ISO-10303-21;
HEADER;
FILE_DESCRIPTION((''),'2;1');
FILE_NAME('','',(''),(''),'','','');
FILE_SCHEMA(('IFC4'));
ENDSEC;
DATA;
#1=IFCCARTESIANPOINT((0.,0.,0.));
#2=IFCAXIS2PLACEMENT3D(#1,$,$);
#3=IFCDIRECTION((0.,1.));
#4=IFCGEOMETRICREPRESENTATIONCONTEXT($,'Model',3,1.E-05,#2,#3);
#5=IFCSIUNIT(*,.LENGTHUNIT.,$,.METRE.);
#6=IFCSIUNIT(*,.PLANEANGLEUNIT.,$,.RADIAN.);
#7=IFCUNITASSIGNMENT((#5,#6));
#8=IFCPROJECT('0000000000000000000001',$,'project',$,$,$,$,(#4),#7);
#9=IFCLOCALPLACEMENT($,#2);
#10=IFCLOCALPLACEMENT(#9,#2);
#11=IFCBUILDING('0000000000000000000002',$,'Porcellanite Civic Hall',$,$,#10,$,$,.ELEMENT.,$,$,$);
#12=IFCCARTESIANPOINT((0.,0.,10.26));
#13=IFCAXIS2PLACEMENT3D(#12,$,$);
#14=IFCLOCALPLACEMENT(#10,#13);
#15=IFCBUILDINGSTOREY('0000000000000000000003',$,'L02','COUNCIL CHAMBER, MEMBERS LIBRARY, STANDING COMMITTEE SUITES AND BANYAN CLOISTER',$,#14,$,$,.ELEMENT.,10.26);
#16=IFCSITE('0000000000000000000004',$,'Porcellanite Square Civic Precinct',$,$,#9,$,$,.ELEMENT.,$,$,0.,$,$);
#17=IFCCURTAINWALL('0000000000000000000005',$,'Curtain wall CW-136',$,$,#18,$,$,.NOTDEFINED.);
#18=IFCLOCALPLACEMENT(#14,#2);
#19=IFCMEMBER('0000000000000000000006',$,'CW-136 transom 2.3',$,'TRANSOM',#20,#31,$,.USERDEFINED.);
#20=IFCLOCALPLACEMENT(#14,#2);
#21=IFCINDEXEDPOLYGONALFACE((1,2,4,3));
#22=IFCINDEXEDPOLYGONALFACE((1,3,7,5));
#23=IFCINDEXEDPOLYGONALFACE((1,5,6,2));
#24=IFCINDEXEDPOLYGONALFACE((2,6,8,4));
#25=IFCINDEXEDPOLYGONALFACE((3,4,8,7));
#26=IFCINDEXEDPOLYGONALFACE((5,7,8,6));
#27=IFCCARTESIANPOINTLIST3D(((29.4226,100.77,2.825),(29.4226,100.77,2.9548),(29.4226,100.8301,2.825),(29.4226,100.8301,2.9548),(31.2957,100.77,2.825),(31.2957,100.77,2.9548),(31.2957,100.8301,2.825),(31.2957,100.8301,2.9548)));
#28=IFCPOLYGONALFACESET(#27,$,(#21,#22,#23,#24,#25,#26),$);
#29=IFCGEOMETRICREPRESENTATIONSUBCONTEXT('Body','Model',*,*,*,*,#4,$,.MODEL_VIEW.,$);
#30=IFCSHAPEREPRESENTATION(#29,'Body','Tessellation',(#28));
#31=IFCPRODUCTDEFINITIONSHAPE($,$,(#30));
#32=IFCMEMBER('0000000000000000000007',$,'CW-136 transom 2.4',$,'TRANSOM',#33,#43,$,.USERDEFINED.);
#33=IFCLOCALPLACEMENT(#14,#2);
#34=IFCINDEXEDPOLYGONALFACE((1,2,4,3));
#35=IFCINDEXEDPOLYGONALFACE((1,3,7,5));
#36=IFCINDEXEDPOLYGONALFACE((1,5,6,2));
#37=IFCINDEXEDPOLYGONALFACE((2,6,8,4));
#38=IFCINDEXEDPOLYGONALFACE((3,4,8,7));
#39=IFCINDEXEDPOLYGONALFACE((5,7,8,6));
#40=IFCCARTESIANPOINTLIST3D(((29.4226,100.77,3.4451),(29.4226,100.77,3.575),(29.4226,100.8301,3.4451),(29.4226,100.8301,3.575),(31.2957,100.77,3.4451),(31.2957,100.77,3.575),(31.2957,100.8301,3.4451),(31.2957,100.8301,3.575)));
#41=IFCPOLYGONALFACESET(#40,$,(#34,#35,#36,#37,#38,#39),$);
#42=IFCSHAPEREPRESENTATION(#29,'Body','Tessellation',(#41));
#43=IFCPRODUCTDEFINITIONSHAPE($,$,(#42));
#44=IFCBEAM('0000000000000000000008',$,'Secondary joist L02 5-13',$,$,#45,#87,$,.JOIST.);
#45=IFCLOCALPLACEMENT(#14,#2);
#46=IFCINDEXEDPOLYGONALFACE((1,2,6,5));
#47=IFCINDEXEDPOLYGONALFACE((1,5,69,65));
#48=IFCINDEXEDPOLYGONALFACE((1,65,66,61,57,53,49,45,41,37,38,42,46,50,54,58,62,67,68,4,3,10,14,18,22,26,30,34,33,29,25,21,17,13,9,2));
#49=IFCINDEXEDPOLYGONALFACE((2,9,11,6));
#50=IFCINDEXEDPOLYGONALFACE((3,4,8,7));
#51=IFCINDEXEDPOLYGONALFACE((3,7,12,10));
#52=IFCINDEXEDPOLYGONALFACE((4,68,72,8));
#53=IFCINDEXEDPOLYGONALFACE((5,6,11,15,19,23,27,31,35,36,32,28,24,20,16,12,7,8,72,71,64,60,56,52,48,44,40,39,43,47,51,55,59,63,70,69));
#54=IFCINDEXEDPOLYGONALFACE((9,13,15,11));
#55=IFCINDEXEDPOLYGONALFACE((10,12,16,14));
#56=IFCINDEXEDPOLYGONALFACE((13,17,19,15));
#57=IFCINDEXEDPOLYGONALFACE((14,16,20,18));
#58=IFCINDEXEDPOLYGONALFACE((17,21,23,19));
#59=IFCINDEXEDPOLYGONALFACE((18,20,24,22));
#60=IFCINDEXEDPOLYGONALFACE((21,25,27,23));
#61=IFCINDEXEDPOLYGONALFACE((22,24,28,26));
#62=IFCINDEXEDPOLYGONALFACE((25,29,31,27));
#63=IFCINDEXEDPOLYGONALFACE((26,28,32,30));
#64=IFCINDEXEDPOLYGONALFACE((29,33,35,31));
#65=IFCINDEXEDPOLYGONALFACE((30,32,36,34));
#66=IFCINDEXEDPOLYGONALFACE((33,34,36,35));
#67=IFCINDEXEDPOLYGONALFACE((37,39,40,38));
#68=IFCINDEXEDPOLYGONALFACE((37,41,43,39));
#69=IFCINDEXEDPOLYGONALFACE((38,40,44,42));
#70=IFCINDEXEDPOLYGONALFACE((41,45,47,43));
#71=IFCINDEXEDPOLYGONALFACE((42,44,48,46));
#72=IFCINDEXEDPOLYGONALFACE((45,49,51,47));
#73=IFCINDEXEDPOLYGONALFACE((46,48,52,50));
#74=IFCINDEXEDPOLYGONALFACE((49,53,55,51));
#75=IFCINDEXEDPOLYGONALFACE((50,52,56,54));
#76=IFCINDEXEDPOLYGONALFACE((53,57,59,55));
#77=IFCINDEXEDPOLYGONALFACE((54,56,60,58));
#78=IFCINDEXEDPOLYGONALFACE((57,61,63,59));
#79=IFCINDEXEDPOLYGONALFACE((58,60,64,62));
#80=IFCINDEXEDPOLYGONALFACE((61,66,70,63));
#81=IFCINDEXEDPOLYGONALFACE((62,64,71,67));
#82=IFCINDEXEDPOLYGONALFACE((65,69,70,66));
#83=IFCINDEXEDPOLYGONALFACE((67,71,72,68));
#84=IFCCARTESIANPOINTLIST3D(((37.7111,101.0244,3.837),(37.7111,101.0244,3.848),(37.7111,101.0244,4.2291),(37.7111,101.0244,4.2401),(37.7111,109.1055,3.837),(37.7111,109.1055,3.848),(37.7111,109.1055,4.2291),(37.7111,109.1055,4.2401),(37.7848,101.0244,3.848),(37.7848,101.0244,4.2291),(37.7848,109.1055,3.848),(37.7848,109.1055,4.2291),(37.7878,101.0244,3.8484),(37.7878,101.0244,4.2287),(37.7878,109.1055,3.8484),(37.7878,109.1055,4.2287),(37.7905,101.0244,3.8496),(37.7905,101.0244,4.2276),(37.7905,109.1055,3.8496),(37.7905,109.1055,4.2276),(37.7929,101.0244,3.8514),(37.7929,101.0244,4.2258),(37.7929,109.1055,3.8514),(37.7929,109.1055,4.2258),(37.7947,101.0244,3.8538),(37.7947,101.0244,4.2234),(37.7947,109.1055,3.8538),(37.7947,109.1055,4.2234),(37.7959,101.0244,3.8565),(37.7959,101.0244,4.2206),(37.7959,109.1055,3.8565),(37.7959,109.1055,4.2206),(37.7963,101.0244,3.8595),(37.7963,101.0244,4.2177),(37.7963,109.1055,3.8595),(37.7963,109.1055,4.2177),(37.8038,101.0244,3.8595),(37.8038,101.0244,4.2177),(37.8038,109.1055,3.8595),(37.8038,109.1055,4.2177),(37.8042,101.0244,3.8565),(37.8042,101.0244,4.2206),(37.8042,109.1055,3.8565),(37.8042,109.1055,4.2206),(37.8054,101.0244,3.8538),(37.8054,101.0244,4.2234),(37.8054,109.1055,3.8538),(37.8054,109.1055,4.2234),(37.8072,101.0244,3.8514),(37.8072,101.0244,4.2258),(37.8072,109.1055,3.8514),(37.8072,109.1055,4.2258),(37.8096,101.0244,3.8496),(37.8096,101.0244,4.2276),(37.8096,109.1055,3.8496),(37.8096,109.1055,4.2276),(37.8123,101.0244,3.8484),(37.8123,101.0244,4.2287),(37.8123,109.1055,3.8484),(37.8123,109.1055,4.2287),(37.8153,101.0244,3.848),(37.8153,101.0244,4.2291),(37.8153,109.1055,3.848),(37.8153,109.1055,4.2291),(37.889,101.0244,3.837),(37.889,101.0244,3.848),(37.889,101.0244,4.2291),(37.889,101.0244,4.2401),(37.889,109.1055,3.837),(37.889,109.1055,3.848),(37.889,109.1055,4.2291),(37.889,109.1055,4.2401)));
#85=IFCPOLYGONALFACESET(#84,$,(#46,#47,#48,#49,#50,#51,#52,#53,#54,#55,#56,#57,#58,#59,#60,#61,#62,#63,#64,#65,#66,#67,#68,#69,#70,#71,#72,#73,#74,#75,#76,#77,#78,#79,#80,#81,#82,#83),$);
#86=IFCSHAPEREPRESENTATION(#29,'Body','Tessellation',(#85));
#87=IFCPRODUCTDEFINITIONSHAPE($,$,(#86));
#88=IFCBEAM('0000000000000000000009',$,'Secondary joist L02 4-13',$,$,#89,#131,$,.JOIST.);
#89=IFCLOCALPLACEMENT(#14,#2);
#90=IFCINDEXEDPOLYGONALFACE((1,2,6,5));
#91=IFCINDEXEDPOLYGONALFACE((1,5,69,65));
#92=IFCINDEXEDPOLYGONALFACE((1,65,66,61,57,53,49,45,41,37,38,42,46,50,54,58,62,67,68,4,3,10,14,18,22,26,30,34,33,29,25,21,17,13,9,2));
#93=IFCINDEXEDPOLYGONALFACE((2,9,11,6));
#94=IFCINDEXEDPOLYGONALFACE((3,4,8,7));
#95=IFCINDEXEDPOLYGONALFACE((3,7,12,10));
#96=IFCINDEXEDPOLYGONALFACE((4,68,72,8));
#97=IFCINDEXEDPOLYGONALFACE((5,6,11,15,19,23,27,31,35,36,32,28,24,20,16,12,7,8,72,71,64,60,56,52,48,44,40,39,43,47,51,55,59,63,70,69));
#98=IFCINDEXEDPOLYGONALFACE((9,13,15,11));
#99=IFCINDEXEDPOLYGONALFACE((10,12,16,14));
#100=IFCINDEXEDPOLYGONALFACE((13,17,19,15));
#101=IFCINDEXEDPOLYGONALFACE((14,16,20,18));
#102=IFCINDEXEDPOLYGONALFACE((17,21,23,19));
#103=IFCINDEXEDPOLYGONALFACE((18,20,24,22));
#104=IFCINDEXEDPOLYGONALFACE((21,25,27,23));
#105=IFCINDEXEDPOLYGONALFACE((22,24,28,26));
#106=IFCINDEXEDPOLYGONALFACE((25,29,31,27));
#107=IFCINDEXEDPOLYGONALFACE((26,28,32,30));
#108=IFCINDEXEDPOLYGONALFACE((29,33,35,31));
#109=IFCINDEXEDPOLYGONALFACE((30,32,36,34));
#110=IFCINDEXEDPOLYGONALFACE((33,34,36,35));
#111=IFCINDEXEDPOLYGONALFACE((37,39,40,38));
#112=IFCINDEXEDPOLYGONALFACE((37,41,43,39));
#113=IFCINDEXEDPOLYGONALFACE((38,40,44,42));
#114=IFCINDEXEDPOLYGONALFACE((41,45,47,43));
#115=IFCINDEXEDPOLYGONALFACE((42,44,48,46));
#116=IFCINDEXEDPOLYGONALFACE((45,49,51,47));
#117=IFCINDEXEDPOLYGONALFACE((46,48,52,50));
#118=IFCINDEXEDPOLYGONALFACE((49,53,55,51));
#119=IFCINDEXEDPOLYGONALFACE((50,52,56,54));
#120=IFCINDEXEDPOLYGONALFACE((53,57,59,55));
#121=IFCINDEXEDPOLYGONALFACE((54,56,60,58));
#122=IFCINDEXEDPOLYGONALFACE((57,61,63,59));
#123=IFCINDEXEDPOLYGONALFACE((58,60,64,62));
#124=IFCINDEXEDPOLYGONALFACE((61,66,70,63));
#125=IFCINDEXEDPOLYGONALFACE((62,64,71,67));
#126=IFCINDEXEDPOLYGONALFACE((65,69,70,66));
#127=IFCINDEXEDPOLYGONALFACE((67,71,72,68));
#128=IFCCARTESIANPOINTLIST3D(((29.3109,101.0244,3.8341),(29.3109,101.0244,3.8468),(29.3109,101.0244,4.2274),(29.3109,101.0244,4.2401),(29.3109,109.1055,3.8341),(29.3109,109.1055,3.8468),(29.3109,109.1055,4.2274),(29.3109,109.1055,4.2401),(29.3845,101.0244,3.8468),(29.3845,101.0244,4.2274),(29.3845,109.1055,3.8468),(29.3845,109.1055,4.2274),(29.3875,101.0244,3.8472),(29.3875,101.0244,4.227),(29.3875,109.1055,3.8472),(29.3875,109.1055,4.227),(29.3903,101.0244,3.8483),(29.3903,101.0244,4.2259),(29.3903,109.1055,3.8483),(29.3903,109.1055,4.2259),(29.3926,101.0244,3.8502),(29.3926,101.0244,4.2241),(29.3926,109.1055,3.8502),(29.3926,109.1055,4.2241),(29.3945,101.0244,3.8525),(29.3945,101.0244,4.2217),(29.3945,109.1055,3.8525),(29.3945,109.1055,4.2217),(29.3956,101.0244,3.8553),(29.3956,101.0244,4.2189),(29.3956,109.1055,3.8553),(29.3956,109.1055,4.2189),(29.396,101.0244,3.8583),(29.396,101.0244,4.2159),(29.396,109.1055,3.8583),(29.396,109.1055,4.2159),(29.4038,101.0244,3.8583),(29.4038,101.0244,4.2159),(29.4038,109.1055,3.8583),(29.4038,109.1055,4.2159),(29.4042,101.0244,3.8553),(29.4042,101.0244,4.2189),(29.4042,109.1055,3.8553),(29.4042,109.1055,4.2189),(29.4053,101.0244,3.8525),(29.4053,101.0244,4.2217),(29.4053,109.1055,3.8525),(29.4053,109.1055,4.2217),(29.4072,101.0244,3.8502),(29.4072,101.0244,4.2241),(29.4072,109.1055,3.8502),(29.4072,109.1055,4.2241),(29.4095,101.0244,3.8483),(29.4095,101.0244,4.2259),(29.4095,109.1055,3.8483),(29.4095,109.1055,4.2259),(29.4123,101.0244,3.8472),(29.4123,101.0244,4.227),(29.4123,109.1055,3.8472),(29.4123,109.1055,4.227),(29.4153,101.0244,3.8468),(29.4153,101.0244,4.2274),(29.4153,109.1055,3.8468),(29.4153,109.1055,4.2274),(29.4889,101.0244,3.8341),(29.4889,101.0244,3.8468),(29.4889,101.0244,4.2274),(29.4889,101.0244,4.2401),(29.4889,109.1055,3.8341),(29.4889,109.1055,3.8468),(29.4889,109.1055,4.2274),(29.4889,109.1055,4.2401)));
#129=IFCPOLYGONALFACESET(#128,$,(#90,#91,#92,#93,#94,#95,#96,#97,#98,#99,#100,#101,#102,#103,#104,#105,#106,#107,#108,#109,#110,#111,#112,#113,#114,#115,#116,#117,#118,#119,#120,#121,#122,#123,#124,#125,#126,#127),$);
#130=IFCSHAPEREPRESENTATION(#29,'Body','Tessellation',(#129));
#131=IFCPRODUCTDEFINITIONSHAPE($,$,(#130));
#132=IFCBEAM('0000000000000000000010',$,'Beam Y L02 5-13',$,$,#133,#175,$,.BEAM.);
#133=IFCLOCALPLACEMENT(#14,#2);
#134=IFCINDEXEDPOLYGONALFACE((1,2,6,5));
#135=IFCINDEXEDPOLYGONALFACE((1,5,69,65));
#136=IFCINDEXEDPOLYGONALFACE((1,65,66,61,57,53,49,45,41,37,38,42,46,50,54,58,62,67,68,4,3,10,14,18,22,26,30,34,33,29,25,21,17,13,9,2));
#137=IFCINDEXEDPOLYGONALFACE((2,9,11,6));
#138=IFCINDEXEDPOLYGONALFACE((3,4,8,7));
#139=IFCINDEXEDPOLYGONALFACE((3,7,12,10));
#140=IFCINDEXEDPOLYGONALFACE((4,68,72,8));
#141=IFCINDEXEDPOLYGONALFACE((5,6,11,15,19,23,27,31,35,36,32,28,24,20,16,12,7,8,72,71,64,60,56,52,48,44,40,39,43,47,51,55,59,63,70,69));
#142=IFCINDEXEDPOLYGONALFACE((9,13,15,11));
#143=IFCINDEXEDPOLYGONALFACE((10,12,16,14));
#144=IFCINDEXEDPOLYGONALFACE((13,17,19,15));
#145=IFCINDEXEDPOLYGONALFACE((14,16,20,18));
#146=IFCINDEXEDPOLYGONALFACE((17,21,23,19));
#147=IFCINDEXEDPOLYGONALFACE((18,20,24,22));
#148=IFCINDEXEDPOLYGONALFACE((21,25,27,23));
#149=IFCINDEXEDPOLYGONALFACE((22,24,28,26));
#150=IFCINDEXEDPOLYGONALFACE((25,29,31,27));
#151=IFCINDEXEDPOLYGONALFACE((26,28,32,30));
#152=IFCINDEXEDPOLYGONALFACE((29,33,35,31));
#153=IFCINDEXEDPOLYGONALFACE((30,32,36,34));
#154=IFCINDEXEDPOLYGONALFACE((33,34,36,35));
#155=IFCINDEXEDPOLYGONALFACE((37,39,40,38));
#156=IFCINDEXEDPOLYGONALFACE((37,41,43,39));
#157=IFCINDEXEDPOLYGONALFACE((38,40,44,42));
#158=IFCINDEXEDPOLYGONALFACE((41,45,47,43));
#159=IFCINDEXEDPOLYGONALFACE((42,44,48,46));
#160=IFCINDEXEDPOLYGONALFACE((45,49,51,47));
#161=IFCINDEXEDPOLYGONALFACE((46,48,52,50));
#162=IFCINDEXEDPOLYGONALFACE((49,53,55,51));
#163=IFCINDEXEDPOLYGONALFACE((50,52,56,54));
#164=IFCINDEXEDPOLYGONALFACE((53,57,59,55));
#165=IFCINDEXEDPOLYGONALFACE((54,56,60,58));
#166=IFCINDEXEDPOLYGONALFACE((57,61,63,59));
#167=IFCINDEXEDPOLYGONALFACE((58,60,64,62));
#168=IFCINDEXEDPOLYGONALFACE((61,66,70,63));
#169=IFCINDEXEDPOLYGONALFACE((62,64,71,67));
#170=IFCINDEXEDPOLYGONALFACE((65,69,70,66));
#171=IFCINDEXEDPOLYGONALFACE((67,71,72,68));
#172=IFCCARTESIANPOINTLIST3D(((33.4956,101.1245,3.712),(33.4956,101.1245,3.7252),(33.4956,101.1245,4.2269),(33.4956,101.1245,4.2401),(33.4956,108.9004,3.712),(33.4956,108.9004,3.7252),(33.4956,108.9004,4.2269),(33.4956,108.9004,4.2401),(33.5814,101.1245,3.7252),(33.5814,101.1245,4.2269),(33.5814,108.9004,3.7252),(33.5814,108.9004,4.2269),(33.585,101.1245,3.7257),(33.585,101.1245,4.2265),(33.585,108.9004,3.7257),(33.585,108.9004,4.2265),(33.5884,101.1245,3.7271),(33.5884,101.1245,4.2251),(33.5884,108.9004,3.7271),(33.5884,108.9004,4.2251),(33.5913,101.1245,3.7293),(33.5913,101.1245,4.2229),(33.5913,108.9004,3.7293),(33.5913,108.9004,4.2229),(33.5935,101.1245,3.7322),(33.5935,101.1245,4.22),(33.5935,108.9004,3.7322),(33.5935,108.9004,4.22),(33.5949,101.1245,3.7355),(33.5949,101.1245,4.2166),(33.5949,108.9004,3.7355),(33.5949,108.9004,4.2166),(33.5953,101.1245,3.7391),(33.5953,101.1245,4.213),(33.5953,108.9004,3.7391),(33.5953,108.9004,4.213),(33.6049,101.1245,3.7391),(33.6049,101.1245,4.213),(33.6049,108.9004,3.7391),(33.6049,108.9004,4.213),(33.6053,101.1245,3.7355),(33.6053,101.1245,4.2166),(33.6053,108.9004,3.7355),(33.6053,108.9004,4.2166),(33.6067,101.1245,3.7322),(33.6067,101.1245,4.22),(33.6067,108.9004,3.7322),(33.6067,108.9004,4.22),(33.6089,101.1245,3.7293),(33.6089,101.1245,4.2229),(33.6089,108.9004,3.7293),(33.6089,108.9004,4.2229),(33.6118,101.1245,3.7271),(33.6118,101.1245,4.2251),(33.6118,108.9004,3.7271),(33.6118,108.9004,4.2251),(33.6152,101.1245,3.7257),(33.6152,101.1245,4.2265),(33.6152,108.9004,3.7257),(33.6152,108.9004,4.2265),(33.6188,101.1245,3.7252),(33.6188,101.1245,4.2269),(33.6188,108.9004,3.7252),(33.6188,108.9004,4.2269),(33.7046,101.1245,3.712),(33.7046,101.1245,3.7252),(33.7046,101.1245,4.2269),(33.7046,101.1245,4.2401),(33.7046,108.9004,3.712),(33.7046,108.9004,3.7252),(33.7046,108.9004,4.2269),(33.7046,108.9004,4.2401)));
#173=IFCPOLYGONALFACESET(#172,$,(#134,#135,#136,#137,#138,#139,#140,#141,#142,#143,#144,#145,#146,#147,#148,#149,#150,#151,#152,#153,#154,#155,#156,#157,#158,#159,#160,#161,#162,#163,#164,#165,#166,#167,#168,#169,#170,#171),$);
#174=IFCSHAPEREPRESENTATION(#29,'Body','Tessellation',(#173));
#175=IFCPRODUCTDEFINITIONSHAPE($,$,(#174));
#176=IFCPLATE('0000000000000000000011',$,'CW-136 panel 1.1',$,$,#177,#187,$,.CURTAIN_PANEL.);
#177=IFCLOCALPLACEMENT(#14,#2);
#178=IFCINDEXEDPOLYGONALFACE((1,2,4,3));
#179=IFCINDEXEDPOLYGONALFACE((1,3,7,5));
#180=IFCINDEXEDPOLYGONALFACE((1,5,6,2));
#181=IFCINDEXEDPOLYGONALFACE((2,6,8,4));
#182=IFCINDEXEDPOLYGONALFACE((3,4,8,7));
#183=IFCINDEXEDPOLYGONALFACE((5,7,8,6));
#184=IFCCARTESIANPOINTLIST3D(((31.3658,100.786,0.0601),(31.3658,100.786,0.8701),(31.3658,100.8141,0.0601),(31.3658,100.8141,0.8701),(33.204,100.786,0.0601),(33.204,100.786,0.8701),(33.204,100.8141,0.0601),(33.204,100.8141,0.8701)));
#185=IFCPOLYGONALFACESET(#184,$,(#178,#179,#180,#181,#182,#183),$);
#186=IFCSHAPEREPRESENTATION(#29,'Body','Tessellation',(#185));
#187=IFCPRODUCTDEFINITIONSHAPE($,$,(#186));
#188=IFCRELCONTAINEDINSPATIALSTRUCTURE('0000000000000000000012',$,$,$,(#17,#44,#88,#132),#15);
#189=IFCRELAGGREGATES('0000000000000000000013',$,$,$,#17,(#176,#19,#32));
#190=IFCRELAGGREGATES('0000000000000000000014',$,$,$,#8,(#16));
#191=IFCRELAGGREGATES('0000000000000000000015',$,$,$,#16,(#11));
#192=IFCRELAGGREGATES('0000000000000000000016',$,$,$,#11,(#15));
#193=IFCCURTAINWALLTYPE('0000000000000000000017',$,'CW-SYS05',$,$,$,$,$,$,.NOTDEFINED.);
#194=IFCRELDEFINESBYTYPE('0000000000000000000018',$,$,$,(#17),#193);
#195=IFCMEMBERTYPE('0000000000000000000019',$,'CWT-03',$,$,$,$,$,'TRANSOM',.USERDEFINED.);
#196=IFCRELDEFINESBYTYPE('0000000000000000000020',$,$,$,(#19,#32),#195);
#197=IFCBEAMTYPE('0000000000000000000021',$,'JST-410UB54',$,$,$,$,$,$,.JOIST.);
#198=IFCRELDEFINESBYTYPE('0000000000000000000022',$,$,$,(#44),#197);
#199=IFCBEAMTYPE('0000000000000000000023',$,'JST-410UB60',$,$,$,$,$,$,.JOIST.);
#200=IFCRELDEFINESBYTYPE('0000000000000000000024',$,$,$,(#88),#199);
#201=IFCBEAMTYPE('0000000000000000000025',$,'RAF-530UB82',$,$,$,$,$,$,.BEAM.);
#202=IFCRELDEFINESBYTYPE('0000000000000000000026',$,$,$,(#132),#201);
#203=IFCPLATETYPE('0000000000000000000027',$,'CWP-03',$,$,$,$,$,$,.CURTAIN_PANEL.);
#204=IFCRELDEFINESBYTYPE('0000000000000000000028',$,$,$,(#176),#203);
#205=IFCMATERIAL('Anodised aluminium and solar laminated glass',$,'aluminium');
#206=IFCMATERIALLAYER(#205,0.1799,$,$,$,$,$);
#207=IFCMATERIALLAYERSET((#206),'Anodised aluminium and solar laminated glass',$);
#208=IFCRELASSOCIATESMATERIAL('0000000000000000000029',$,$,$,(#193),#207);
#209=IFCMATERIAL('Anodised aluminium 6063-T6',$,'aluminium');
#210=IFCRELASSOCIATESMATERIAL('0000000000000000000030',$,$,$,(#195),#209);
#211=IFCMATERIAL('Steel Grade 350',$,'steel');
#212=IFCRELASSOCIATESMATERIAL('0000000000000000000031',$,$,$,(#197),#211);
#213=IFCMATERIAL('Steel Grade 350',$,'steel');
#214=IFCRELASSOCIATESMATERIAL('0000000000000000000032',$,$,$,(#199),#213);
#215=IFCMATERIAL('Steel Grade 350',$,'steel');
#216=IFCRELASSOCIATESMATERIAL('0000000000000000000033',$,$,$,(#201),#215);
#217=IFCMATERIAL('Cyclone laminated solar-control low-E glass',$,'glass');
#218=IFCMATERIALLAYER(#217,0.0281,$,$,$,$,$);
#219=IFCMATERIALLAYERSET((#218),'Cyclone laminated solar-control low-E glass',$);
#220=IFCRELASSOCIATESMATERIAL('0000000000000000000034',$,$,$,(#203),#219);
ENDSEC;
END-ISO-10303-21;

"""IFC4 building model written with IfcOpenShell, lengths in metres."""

from ifc_helpers import new_model, si_unit, direction, frame, origin, origin_2d, place, context, subcontext, project, spatial, rectangle, i_section, extrude, material, layer, layer_set, material_profile, profile_set, type_object, element, aggregate, save


model = new_model("IFC4")

# Units and contexts
model_context = context("Model", 3, precision=1e-05, world=origin(), true_north=direction((0.0, 1.0)))
body_context = subcontext(model_context, "Body", "Model", "MODEL_VIEW")
ifc_project = project(units=[si_unit("LENGTHUNIT", "METRE"), si_unit("PLANEANGLEUNIT", "RADIAN")], contexts=[model_context])

# Site, building, storey
site_placement = place(None, origin())
site = spatial("IfcSite", under=ifc_project, at=site_placement, Name="Porcellanite Square Civic Precinct", CompositionType="ELEMENT", RefElevation=0.0)
building_placement = place(site_placement, origin())
building = spatial("IfcBuilding", under=site, at=building_placement, Name="Porcellanite Civic Hall", CompositionType="ELEMENT")
storey_placement = place(building_placement, frame((0.0, 0.0, 10.26)))
storey = spatial("IfcBuildingStorey", under=building, at=storey_placement, Name="L02", Description="COUNCIL CHAMBER, MEMBERS LIBRARY, STANDING COMMITTEE SUITES AND BANYAN CLOISTER", CompositionType="ELEMENT", Elevation=10.26)

# Curtain wall, members
ifc_material_1 = material(Name="Anodised aluminium and solar laminated glass", Category="aluminium")
ifc_layer_1 = layer(ifc_material_1, 0.1799)
ifc_layer_set_1 = layer_set([ifc_layer_1], Name="Anodised aluminium and solar laminated glass")
curtain_wall_type_1 = type_object("IfcCurtainWallType", Name="CW-SYS05", PredefinedType="NOTDEFINED", material=ifc_layer_set_1)
curtain_wall_1_placement = place(storey_placement, origin())
curtain_wall_1 = element("IfcCurtainWall", 1, at=curtain_wall_1_placement, inside=storey, type_object=curtain_wall_type_1, Name="Curtain wall CW-136", PredefinedType="NOTDEFINED")
ifc_material_2 = material(Name="Anodised aluminium 6063-T6", Category="aluminium")
ifc_material_profile_1 = material_profile(ifc_material_2, rectangle(XDim=0.0601, YDim=0.1299, at=origin_2d()), Name="AL-60x130")
ifc_profile_set_1 = profile_set([ifc_material_profile_1], Name="Anodised aluminium 6063-T6")
member_type_1 = type_object("IfcMemberType", Name="CWT-03", ElementType="TRANSOM", PredefinedType="USERDEFINED", material=ifc_profile_set_1)
member_1_placement = place(storey_placement, frame((31.2957, 100.8, 2.8899), z_axis=(-1.0, 0.0, 0.0), x_axis=(0.0, -1.0, 0.0)))
member_1 = element("IfcMember", 2, at=member_1_placement, type_object=member_type_1, Name="CW-136 transom 2.3", ObjectType="TRANSOM", PredefinedType="USERDEFINED", context=body_context, shape_type="SweptSolid", body=[
    extrude(rectangle(XDim=0.0601, YDim=0.1299, at=origin_2d()), origin(), (0.0, 0.0, 1.0), 1.873),
])
member_2_placement = place(storey_placement, frame((31.2957, 100.8, 3.51), z_axis=(-1.0, 0.0, 0.0), x_axis=(0.0, -1.0, 0.0)))
member_2 = element("IfcMember", 3, at=member_2_placement, type_object=member_type_1, Name="CW-136 transom 2.4", ObjectType="TRANSOM", PredefinedType="USERDEFINED", context=body_context, shape_type="SweptSolid", body=[
    extrude(rectangle(XDim=0.0601, YDim=0.1299, at=origin_2d()), origin(), (0.0, 0.0, 1.0), 1.873),
])

# Beams
ifc_material_3 = material(Name="Steel Grade 350", Category="steel")
ifc_material_profile_2 = material_profile(ifc_material_3, i_section(OverallWidth=0.178, OverallDepth=0.4031, WebThickness=0.0076, FlangeThickness=0.011, FilletRadius=0.0115, at=origin_2d()), Name="410UB53.7")
ifc_profile_set_2 = profile_set([ifc_material_profile_2], Name="Steel Grade 350")
beam_type_1 = type_object("IfcBeamType", Name="JST-410UB54", PredefinedType="JOIST", material=ifc_profile_set_2)
beam_1_placement = place(storey_placement, frame((37.8, 101.0244, 4.0386), z_axis=(0.0, 1.0, 0.0), x_axis=(-1.0, 0.0, 0.0)))
element("IfcBeam", 4, at=beam_1_placement, inside=storey, type_object=beam_type_1, Name="Secondary joist L02 5-13", PredefinedType="JOIST", context=body_context, shape_type="SweptSolid", body=[
    extrude(i_section(OverallWidth=0.178, OverallDepth=0.4031, WebThickness=0.0076, FlangeThickness=0.011, FilletRadius=0.0115, at=origin_2d()), origin(), (0.0, 0.0, 1.0), 8.0811),
])
ifc_material_4 = material(Name="Steel Grade 350", Category="steel")
ifc_material_profile_3 = material_profile(ifc_material_4, i_section(OverallWidth=0.178, OverallDepth=0.406, WebThickness=0.0078, FlangeThickness=0.0127, FilletRadius=0.0115, at=origin_2d()), Name="410UB59.7")
ifc_profile_set_3 = profile_set([ifc_material_profile_3], Name="Steel Grade 350")
beam_type_2 = type_object("IfcBeamType", Name="JST-410UB60", PredefinedType="JOIST", material=ifc_profile_set_3)
beam_2_placement = place(storey_placement, frame((29.3999, 101.0244, 4.0371), z_axis=(0.0, 1.0, 0.0), x_axis=(-1.0, 0.0, 0.0)))
element("IfcBeam", 5, at=beam_2_placement, inside=storey, type_object=beam_type_2, Name="Secondary joist L02 4-13", PredefinedType="JOIST", context=body_context, shape_type="SweptSolid", body=[
    extrude(i_section(OverallWidth=0.178, OverallDepth=0.406, WebThickness=0.0078, FlangeThickness=0.0127, FilletRadius=0.0115, at=origin_2d()), origin(), (0.0, 0.0, 1.0), 8.0811),
])
ifc_material_5 = material(Name="Steel Grade 350", Category="steel")
ifc_material_profile_4 = material_profile(ifc_material_5, i_section(OverallWidth=0.209, OverallDepth=0.5281, WebThickness=0.0095, FlangeThickness=0.0132, FilletRadius=0.0139, at=origin_2d()), Name="530UB82.0")
ifc_profile_set_4 = profile_set([ifc_material_profile_4], Name="Steel Grade 350")
beam_type_3 = type_object("IfcBeamType", Name="RAF-530UB82", PredefinedType="BEAM", material=ifc_profile_set_4)
beam_3_placement = place(storey_placement, frame((33.6001, 101.1245, 3.9761), z_axis=(0.0, 1.0, 0.0), x_axis=(-1.0, 0.0, 0.0)))
element("IfcBeam", 6, at=beam_3_placement, inside=storey, type_object=beam_type_3, Name="Beam Y L02 5-13", PredefinedType="BEAM", context=body_context, shape_type="SweptSolid", body=[
    extrude(i_section(OverallWidth=0.209, OverallDepth=0.5281, WebThickness=0.0095, FlangeThickness=0.0132, FilletRadius=0.0139, at=origin_2d()), origin(), (0.0, 0.0, 1.0), 7.7759),
])

# Plate
ifc_material_6 = material(Name="Cyclone laminated solar-control low-E glass", Category="glass")
ifc_layer_2 = layer(ifc_material_6, 0.0281)
ifc_layer_set_2 = layer_set([ifc_layer_2], Name="Cyclone laminated solar-control low-E glass")
plate_type = type_object("IfcPlateType", Name="CWP-03", PredefinedType="CURTAIN_PANEL", material=ifc_layer_set_2)
plate_1_placement = place(storey_placement, frame((32.2849, 100.8, 0.0601), z_axis=(0.0, 0.0, 1.0), x_axis=(-1.0, 0.0, 0.0)))
plate_1 = element("IfcPlate", 7, at=plate_1_placement, type_object=plate_type, Name="CW-136 panel 1.1", PredefinedType="CURTAIN_PANEL", context=body_context, shape_type="SweptSolid", body=[
    extrude(rectangle(XDim=1.8381, YDim=0.0281, at=origin_2d()), origin(), (0.0, 0.0, 1.0), 0.8101),
])
aggregate(curtain_wall_1, [plate_1, member_1, member_2])

save(model, "model.ifc")
